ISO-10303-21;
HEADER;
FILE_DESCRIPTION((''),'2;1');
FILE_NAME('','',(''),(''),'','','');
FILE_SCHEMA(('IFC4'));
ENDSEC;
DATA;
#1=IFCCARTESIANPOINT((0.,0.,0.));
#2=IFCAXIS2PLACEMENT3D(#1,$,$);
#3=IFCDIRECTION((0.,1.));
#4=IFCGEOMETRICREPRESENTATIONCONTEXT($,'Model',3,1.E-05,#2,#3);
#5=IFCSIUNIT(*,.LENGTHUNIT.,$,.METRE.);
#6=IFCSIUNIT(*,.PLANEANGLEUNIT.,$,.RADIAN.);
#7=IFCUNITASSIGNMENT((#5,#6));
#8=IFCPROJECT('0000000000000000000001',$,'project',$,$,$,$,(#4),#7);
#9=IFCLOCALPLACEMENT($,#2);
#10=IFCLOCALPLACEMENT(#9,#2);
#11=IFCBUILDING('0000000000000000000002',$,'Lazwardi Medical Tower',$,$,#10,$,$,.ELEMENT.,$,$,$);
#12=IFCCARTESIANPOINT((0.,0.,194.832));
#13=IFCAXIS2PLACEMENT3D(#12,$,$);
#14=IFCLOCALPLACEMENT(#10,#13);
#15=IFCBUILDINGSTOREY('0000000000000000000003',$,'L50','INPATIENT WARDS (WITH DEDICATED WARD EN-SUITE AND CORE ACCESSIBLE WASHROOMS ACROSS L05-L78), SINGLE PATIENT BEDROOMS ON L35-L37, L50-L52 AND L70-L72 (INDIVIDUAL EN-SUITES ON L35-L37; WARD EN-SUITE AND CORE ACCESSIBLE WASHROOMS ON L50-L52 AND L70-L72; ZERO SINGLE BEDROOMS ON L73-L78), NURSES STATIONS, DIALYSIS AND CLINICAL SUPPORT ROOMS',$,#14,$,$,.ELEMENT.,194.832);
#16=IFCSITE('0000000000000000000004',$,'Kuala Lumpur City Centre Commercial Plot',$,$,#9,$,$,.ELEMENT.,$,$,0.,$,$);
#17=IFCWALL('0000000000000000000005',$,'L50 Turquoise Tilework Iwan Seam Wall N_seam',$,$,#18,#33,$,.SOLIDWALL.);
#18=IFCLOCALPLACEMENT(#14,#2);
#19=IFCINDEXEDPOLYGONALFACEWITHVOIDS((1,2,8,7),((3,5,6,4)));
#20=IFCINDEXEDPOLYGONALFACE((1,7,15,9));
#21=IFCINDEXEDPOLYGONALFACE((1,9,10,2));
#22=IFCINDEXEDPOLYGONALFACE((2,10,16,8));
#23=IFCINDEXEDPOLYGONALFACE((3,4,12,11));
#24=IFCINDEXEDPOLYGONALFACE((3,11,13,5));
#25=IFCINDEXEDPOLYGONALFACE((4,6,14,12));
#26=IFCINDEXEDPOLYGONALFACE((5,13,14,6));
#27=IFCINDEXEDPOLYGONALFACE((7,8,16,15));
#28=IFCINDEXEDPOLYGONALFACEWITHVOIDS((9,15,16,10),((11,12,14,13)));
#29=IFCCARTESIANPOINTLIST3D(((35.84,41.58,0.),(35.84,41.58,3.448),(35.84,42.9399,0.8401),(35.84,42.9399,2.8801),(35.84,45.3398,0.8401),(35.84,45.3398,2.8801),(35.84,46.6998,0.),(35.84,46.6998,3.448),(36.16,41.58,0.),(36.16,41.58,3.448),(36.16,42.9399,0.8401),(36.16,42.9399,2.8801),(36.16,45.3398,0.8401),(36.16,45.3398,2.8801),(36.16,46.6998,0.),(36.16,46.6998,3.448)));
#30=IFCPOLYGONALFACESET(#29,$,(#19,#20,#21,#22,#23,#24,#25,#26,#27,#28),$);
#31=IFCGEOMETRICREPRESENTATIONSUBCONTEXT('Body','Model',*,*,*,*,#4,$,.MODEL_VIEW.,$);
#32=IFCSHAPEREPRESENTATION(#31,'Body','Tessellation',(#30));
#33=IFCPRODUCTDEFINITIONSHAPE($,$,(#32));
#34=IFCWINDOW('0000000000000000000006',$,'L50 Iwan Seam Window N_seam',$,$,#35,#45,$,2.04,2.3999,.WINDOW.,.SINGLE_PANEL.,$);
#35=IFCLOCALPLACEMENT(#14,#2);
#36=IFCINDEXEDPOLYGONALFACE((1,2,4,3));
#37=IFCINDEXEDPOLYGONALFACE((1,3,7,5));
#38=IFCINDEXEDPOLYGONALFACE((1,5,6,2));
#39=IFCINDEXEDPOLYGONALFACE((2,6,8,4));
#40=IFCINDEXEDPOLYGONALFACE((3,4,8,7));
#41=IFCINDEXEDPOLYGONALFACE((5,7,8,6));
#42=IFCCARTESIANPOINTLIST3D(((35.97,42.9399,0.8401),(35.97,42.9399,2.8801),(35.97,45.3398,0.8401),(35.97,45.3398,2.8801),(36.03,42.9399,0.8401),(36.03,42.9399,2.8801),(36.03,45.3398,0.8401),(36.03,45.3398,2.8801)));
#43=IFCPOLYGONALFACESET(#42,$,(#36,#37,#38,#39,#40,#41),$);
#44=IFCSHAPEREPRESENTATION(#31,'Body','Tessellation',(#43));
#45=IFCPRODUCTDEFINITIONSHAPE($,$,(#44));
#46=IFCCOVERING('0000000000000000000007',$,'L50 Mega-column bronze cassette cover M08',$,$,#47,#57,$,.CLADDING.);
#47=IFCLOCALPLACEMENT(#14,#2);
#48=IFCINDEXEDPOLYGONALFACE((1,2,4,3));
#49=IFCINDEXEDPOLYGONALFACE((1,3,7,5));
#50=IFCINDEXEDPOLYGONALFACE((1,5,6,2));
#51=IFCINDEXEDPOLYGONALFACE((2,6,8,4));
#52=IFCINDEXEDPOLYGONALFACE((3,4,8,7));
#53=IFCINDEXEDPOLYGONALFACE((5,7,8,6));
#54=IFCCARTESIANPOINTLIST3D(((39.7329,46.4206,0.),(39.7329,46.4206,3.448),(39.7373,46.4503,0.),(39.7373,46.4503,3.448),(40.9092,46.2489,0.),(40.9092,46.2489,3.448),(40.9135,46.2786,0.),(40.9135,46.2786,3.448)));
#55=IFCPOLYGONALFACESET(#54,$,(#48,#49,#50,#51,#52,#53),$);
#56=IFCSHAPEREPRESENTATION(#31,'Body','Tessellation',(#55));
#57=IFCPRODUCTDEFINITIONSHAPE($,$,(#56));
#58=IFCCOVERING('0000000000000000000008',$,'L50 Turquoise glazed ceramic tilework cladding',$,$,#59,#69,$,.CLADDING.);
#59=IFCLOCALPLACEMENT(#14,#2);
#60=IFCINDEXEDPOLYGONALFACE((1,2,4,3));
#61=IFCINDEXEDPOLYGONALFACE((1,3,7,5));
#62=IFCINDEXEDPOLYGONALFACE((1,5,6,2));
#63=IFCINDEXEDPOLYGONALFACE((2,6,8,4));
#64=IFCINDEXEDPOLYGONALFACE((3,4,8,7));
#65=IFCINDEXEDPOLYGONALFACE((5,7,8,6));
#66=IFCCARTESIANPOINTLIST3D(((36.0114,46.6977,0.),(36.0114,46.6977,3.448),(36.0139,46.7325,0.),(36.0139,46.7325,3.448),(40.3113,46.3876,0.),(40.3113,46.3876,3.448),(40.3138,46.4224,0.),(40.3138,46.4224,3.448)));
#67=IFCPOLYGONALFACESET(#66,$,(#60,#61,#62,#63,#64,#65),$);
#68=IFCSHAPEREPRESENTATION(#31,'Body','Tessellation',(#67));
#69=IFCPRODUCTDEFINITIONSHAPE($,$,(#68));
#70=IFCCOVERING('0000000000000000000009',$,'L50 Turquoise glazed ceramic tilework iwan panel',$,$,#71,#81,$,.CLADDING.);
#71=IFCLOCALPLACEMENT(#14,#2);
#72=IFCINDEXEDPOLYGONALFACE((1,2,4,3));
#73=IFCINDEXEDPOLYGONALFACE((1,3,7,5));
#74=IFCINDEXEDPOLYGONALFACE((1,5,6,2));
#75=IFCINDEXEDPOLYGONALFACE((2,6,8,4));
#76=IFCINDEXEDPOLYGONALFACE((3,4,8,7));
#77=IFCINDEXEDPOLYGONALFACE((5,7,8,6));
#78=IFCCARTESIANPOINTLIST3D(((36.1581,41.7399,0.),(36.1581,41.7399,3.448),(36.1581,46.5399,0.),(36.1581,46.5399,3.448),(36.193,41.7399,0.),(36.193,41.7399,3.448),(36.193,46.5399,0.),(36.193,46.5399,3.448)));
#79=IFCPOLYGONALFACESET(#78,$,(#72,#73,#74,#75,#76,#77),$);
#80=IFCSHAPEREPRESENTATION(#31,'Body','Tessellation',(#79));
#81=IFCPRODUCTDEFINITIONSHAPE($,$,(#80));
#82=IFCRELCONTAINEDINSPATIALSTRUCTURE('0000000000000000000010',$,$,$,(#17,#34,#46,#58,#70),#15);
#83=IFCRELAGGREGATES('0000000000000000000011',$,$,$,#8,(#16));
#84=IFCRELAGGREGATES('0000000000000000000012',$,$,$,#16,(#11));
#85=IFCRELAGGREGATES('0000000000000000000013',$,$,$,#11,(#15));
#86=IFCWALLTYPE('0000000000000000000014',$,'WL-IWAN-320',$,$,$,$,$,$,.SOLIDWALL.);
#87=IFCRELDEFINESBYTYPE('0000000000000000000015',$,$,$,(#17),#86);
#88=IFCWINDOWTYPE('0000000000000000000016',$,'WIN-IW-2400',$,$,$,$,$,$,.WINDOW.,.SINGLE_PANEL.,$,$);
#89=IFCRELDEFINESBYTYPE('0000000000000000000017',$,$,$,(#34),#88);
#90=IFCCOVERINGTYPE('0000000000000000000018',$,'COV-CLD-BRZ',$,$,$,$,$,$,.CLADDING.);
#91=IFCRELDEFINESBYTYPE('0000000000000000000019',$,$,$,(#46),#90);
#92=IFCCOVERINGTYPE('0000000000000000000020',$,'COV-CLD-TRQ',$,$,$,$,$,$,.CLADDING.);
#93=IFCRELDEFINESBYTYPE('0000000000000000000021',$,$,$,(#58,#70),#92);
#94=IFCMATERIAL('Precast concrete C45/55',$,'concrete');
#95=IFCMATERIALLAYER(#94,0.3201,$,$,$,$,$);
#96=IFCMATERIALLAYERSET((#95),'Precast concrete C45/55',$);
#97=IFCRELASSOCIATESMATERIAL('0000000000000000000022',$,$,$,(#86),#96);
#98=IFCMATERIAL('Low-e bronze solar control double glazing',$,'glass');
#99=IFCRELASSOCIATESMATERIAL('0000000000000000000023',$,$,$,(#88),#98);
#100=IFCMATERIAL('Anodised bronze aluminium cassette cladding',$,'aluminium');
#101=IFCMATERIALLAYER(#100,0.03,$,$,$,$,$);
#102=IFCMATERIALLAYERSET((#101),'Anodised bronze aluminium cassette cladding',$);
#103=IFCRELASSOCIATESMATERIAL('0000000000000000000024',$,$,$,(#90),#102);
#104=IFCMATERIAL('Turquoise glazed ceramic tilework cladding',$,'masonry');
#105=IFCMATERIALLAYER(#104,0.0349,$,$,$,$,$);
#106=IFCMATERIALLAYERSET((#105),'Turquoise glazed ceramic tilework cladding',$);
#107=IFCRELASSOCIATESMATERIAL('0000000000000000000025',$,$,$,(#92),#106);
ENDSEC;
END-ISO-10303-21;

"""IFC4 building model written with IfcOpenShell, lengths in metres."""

from ifc_helpers import new_model, si_unit, direction, frame, frame_2d, origin, origin_2d, place, context, subcontext, project, spatial, rectangle, extrude, material, layer, layer_set, type_object, element, fill, save


model = new_model("IFC4")

# Units and contexts
model_context = context("Model", 3, precision=1e-05, world=origin(), true_north=direction((0.0, 1.0)))
body_context = subcontext(model_context, "Body", "Model", "MODEL_VIEW")
ifc_project = project(units=[si_unit("LENGTHUNIT", "METRE"), si_unit("PLANEANGLEUNIT", "RADIAN")], contexts=[model_context])

# Site, building, storey
site_placement = place(None, origin())
site = spatial("IfcSite", under=ifc_project, at=site_placement, Name="Kuala Lumpur City Centre Commercial Plot", CompositionType="ELEMENT", RefElevation=0.0)
building_placement = place(site_placement, origin())
building = spatial("IfcBuilding", under=site, at=building_placement, Name="Lazwardi Medical Tower", CompositionType="ELEMENT")
storey_placement = place(building_placement, frame((0.0, 0.0, 194.832)))
storey = spatial("IfcBuildingStorey", under=building, at=storey_placement, Name="L50", Description="INPATIENT WARDS (WITH DEDICATED WARD EN-SUITE AND CORE ACCESSIBLE WASHROOMS ACROSS L05-L78), SINGLE PATIENT BEDROOMS ON L35-L37, L50-L52 AND L70-L72 (INDIVIDUAL EN-SUITES ON L35-L37; WARD EN-SUITE AND CORE ACCESSIBLE WASHROOMS ON L50-L52 AND L70-L72; ZERO SINGLE BEDROOMS ON L73-L78), NURSES STATIONS, DIALYSIS AND CLINICAL SUPPORT ROOMS", CompositionType="ELEMENT", Elevation=194.832)

# Shared definitions
ifc_material_1 = material(Name="Low-e bronze solar control double glazing", Category="glass")

# Wall, opening, window
ifc_material_2 = material(Name="Precast concrete C45/55", Category="concrete")
ifc_layer_1 = layer(ifc_material_2, 0.3201)
ifc_layer_set_1 = layer_set([ifc_layer_1], Name="Precast concrete C45/55")
wall_type_1 = type_object("IfcWallType", Name="WL-IWAN-320", PredefinedType="SOLIDWALL", material=ifc_layer_set_1)
wall_1_placement = place(storey_placement, frame((36.0, 46.7, 0.0), z_axis=(0.0, 0.0, 1.0), x_axis=(0.0, -1.0, 0.0)))
wall_1 = element("IfcWall", 1, at=wall_1_placement, inside=storey, type_object=wall_type_1, Name="L50 Turquoise Tilework Iwan Seam Wall N_seam", PredefinedType="SOLIDWALL", context=body_context, shape_type="SweptSolid", body=[
    extrude(rectangle(XDim=5.1199, YDim=0.3201, at=frame_2d((2.5601, 0.0))), origin(), (0.0, 0.0, 1.0), 3.448),
])
opening_1_placement = place(wall_1_placement, frame((1.3601, 0.0, 0.8401)))
opening_1 = element("IfcOpeningElement", 2, at=opening_1_placement, cuts=wall_1, PredefinedType="OPENING", context=body_context, shape_type="SweptSolid", body=[
    extrude(rectangle(XDim=2.3999, YDim=2.04, at=frame_2d((1.2, 1.02))), frame((0.0, 0.1699, 0.0), z_axis=(0.0, -1.0, 0.0), x_axis=(1.0, 0.0, 0.0)), (0.0, 0.0, 1.0), 0.3401),
])
window_type_1 = type_object("IfcWindowType", Name="WIN-IW-2400", PartitioningType="SINGLE_PANEL", PredefinedType="WINDOW", material=ifc_material_1)
window_1_placement = place(opening_1_placement, origin())
window_1 = element("IfcWindow", 3, at=window_1_placement, inside=storey, type_object=window_type_1, Name="L50 Iwan Seam Window N_seam", OverallHeight=2.04, OverallWidth=2.3999, PartitioningType="SINGLE_PANEL", PredefinedType="WINDOW", context=body_context, shape_type="SweptSolid", body=[
    extrude(rectangle(XDim=2.3999, YDim=2.04, at=frame_2d((1.2, 1.02))), frame((0.0, 0.03, 0.0), z_axis=(0.0, -1.0, 0.0), x_axis=(1.0, 0.0, 0.0)), (0.0, 0.0, 1.0), 0.0601),
])
fill(opening_1, window_1)

# Coverings
ifc_material_3 = material(Name="Anodised bronze aluminium cassette cladding", Category="aluminium")
ifc_layer_2 = layer(ifc_material_3, 0.03)
ifc_layer_set_2 = layer_set([ifc_layer_2], Name="Anodised bronze aluminium cassette cladding")
covering_type_1 = type_object("IfcCoveringType", Name="COV-CLD-BRZ", PredefinedType="CLADDING", material=ifc_layer_set_2)
covering_1_placement = place(storey_placement, frame((40.3232, 46.3496, 0.0), z_axis=(0.0, 0.0, 1.0), x_axis=(-0.989512, 0.144448, 0.0)))
element("IfcCovering", 4, at=covering_1_placement, inside=storey, type_object=covering_type_1, Name="L50 Mega-column bronze cassette cover M08", PredefinedType="CLADDING", context=body_context, shape_type="SweptSolid", body=[
    extrude(rectangle(XDim=1.1887, YDim=0.03, at=origin_2d()), origin(), (0.0, 0.0, 1.0), 3.448),
])
ifc_material_4 = material(Name="Turquoise glazed ceramic tilework cladding", Category="masonry")
ifc_layer_3 = layer(ifc_material_4, 0.0349)
ifc_layer_set_3 = layer_set([ifc_layer_3], Name="Turquoise glazed ceramic tilework cladding")
covering_type_2 = type_object("IfcCoveringType", Name="COV-CLD-TRQ", PredefinedType="CLADDING", material=ifc_layer_set_3)
covering_2_placement = place(storey_placement, frame((38.1626, 46.5601, 0.0), z_axis=(0.0, 0.0, 1.0), x_axis=(-0.997409, 0.071933, 0.0)))
element("IfcCovering", 5, at=covering_2_placement, inside=storey, type_object=covering_type_2, Name="L50 Turquoise glazed ceramic tilework cladding", PredefinedType="CLADDING", context=body_context, shape_type="SweptSolid", body=[
    extrude(rectangle(XDim=4.311, YDim=0.0349, at=origin_2d()), origin(), (0.0, 0.0, 1.0), 3.448),
])
covering_3_placement = place(storey_placement, frame((36.1755, 44.1399, 0.0), z_axis=(0.0, 0.0, 1.0), x_axis=(0.0, -1.0, 0.0)))
element("IfcCovering", 6, at=covering_3_placement, inside=storey, type_object=covering_type_2, Name="L50 Turquoise glazed ceramic tilework iwan panel", PredefinedType="CLADDING", context=body_context, shape_type="SweptSolid", body=[
    extrude(rectangle(XDim=4.8, YDim=0.0349, at=origin_2d()), origin(), (0.0, 0.0, 1.0), 3.448),
])

save(model, "model.ifc")
